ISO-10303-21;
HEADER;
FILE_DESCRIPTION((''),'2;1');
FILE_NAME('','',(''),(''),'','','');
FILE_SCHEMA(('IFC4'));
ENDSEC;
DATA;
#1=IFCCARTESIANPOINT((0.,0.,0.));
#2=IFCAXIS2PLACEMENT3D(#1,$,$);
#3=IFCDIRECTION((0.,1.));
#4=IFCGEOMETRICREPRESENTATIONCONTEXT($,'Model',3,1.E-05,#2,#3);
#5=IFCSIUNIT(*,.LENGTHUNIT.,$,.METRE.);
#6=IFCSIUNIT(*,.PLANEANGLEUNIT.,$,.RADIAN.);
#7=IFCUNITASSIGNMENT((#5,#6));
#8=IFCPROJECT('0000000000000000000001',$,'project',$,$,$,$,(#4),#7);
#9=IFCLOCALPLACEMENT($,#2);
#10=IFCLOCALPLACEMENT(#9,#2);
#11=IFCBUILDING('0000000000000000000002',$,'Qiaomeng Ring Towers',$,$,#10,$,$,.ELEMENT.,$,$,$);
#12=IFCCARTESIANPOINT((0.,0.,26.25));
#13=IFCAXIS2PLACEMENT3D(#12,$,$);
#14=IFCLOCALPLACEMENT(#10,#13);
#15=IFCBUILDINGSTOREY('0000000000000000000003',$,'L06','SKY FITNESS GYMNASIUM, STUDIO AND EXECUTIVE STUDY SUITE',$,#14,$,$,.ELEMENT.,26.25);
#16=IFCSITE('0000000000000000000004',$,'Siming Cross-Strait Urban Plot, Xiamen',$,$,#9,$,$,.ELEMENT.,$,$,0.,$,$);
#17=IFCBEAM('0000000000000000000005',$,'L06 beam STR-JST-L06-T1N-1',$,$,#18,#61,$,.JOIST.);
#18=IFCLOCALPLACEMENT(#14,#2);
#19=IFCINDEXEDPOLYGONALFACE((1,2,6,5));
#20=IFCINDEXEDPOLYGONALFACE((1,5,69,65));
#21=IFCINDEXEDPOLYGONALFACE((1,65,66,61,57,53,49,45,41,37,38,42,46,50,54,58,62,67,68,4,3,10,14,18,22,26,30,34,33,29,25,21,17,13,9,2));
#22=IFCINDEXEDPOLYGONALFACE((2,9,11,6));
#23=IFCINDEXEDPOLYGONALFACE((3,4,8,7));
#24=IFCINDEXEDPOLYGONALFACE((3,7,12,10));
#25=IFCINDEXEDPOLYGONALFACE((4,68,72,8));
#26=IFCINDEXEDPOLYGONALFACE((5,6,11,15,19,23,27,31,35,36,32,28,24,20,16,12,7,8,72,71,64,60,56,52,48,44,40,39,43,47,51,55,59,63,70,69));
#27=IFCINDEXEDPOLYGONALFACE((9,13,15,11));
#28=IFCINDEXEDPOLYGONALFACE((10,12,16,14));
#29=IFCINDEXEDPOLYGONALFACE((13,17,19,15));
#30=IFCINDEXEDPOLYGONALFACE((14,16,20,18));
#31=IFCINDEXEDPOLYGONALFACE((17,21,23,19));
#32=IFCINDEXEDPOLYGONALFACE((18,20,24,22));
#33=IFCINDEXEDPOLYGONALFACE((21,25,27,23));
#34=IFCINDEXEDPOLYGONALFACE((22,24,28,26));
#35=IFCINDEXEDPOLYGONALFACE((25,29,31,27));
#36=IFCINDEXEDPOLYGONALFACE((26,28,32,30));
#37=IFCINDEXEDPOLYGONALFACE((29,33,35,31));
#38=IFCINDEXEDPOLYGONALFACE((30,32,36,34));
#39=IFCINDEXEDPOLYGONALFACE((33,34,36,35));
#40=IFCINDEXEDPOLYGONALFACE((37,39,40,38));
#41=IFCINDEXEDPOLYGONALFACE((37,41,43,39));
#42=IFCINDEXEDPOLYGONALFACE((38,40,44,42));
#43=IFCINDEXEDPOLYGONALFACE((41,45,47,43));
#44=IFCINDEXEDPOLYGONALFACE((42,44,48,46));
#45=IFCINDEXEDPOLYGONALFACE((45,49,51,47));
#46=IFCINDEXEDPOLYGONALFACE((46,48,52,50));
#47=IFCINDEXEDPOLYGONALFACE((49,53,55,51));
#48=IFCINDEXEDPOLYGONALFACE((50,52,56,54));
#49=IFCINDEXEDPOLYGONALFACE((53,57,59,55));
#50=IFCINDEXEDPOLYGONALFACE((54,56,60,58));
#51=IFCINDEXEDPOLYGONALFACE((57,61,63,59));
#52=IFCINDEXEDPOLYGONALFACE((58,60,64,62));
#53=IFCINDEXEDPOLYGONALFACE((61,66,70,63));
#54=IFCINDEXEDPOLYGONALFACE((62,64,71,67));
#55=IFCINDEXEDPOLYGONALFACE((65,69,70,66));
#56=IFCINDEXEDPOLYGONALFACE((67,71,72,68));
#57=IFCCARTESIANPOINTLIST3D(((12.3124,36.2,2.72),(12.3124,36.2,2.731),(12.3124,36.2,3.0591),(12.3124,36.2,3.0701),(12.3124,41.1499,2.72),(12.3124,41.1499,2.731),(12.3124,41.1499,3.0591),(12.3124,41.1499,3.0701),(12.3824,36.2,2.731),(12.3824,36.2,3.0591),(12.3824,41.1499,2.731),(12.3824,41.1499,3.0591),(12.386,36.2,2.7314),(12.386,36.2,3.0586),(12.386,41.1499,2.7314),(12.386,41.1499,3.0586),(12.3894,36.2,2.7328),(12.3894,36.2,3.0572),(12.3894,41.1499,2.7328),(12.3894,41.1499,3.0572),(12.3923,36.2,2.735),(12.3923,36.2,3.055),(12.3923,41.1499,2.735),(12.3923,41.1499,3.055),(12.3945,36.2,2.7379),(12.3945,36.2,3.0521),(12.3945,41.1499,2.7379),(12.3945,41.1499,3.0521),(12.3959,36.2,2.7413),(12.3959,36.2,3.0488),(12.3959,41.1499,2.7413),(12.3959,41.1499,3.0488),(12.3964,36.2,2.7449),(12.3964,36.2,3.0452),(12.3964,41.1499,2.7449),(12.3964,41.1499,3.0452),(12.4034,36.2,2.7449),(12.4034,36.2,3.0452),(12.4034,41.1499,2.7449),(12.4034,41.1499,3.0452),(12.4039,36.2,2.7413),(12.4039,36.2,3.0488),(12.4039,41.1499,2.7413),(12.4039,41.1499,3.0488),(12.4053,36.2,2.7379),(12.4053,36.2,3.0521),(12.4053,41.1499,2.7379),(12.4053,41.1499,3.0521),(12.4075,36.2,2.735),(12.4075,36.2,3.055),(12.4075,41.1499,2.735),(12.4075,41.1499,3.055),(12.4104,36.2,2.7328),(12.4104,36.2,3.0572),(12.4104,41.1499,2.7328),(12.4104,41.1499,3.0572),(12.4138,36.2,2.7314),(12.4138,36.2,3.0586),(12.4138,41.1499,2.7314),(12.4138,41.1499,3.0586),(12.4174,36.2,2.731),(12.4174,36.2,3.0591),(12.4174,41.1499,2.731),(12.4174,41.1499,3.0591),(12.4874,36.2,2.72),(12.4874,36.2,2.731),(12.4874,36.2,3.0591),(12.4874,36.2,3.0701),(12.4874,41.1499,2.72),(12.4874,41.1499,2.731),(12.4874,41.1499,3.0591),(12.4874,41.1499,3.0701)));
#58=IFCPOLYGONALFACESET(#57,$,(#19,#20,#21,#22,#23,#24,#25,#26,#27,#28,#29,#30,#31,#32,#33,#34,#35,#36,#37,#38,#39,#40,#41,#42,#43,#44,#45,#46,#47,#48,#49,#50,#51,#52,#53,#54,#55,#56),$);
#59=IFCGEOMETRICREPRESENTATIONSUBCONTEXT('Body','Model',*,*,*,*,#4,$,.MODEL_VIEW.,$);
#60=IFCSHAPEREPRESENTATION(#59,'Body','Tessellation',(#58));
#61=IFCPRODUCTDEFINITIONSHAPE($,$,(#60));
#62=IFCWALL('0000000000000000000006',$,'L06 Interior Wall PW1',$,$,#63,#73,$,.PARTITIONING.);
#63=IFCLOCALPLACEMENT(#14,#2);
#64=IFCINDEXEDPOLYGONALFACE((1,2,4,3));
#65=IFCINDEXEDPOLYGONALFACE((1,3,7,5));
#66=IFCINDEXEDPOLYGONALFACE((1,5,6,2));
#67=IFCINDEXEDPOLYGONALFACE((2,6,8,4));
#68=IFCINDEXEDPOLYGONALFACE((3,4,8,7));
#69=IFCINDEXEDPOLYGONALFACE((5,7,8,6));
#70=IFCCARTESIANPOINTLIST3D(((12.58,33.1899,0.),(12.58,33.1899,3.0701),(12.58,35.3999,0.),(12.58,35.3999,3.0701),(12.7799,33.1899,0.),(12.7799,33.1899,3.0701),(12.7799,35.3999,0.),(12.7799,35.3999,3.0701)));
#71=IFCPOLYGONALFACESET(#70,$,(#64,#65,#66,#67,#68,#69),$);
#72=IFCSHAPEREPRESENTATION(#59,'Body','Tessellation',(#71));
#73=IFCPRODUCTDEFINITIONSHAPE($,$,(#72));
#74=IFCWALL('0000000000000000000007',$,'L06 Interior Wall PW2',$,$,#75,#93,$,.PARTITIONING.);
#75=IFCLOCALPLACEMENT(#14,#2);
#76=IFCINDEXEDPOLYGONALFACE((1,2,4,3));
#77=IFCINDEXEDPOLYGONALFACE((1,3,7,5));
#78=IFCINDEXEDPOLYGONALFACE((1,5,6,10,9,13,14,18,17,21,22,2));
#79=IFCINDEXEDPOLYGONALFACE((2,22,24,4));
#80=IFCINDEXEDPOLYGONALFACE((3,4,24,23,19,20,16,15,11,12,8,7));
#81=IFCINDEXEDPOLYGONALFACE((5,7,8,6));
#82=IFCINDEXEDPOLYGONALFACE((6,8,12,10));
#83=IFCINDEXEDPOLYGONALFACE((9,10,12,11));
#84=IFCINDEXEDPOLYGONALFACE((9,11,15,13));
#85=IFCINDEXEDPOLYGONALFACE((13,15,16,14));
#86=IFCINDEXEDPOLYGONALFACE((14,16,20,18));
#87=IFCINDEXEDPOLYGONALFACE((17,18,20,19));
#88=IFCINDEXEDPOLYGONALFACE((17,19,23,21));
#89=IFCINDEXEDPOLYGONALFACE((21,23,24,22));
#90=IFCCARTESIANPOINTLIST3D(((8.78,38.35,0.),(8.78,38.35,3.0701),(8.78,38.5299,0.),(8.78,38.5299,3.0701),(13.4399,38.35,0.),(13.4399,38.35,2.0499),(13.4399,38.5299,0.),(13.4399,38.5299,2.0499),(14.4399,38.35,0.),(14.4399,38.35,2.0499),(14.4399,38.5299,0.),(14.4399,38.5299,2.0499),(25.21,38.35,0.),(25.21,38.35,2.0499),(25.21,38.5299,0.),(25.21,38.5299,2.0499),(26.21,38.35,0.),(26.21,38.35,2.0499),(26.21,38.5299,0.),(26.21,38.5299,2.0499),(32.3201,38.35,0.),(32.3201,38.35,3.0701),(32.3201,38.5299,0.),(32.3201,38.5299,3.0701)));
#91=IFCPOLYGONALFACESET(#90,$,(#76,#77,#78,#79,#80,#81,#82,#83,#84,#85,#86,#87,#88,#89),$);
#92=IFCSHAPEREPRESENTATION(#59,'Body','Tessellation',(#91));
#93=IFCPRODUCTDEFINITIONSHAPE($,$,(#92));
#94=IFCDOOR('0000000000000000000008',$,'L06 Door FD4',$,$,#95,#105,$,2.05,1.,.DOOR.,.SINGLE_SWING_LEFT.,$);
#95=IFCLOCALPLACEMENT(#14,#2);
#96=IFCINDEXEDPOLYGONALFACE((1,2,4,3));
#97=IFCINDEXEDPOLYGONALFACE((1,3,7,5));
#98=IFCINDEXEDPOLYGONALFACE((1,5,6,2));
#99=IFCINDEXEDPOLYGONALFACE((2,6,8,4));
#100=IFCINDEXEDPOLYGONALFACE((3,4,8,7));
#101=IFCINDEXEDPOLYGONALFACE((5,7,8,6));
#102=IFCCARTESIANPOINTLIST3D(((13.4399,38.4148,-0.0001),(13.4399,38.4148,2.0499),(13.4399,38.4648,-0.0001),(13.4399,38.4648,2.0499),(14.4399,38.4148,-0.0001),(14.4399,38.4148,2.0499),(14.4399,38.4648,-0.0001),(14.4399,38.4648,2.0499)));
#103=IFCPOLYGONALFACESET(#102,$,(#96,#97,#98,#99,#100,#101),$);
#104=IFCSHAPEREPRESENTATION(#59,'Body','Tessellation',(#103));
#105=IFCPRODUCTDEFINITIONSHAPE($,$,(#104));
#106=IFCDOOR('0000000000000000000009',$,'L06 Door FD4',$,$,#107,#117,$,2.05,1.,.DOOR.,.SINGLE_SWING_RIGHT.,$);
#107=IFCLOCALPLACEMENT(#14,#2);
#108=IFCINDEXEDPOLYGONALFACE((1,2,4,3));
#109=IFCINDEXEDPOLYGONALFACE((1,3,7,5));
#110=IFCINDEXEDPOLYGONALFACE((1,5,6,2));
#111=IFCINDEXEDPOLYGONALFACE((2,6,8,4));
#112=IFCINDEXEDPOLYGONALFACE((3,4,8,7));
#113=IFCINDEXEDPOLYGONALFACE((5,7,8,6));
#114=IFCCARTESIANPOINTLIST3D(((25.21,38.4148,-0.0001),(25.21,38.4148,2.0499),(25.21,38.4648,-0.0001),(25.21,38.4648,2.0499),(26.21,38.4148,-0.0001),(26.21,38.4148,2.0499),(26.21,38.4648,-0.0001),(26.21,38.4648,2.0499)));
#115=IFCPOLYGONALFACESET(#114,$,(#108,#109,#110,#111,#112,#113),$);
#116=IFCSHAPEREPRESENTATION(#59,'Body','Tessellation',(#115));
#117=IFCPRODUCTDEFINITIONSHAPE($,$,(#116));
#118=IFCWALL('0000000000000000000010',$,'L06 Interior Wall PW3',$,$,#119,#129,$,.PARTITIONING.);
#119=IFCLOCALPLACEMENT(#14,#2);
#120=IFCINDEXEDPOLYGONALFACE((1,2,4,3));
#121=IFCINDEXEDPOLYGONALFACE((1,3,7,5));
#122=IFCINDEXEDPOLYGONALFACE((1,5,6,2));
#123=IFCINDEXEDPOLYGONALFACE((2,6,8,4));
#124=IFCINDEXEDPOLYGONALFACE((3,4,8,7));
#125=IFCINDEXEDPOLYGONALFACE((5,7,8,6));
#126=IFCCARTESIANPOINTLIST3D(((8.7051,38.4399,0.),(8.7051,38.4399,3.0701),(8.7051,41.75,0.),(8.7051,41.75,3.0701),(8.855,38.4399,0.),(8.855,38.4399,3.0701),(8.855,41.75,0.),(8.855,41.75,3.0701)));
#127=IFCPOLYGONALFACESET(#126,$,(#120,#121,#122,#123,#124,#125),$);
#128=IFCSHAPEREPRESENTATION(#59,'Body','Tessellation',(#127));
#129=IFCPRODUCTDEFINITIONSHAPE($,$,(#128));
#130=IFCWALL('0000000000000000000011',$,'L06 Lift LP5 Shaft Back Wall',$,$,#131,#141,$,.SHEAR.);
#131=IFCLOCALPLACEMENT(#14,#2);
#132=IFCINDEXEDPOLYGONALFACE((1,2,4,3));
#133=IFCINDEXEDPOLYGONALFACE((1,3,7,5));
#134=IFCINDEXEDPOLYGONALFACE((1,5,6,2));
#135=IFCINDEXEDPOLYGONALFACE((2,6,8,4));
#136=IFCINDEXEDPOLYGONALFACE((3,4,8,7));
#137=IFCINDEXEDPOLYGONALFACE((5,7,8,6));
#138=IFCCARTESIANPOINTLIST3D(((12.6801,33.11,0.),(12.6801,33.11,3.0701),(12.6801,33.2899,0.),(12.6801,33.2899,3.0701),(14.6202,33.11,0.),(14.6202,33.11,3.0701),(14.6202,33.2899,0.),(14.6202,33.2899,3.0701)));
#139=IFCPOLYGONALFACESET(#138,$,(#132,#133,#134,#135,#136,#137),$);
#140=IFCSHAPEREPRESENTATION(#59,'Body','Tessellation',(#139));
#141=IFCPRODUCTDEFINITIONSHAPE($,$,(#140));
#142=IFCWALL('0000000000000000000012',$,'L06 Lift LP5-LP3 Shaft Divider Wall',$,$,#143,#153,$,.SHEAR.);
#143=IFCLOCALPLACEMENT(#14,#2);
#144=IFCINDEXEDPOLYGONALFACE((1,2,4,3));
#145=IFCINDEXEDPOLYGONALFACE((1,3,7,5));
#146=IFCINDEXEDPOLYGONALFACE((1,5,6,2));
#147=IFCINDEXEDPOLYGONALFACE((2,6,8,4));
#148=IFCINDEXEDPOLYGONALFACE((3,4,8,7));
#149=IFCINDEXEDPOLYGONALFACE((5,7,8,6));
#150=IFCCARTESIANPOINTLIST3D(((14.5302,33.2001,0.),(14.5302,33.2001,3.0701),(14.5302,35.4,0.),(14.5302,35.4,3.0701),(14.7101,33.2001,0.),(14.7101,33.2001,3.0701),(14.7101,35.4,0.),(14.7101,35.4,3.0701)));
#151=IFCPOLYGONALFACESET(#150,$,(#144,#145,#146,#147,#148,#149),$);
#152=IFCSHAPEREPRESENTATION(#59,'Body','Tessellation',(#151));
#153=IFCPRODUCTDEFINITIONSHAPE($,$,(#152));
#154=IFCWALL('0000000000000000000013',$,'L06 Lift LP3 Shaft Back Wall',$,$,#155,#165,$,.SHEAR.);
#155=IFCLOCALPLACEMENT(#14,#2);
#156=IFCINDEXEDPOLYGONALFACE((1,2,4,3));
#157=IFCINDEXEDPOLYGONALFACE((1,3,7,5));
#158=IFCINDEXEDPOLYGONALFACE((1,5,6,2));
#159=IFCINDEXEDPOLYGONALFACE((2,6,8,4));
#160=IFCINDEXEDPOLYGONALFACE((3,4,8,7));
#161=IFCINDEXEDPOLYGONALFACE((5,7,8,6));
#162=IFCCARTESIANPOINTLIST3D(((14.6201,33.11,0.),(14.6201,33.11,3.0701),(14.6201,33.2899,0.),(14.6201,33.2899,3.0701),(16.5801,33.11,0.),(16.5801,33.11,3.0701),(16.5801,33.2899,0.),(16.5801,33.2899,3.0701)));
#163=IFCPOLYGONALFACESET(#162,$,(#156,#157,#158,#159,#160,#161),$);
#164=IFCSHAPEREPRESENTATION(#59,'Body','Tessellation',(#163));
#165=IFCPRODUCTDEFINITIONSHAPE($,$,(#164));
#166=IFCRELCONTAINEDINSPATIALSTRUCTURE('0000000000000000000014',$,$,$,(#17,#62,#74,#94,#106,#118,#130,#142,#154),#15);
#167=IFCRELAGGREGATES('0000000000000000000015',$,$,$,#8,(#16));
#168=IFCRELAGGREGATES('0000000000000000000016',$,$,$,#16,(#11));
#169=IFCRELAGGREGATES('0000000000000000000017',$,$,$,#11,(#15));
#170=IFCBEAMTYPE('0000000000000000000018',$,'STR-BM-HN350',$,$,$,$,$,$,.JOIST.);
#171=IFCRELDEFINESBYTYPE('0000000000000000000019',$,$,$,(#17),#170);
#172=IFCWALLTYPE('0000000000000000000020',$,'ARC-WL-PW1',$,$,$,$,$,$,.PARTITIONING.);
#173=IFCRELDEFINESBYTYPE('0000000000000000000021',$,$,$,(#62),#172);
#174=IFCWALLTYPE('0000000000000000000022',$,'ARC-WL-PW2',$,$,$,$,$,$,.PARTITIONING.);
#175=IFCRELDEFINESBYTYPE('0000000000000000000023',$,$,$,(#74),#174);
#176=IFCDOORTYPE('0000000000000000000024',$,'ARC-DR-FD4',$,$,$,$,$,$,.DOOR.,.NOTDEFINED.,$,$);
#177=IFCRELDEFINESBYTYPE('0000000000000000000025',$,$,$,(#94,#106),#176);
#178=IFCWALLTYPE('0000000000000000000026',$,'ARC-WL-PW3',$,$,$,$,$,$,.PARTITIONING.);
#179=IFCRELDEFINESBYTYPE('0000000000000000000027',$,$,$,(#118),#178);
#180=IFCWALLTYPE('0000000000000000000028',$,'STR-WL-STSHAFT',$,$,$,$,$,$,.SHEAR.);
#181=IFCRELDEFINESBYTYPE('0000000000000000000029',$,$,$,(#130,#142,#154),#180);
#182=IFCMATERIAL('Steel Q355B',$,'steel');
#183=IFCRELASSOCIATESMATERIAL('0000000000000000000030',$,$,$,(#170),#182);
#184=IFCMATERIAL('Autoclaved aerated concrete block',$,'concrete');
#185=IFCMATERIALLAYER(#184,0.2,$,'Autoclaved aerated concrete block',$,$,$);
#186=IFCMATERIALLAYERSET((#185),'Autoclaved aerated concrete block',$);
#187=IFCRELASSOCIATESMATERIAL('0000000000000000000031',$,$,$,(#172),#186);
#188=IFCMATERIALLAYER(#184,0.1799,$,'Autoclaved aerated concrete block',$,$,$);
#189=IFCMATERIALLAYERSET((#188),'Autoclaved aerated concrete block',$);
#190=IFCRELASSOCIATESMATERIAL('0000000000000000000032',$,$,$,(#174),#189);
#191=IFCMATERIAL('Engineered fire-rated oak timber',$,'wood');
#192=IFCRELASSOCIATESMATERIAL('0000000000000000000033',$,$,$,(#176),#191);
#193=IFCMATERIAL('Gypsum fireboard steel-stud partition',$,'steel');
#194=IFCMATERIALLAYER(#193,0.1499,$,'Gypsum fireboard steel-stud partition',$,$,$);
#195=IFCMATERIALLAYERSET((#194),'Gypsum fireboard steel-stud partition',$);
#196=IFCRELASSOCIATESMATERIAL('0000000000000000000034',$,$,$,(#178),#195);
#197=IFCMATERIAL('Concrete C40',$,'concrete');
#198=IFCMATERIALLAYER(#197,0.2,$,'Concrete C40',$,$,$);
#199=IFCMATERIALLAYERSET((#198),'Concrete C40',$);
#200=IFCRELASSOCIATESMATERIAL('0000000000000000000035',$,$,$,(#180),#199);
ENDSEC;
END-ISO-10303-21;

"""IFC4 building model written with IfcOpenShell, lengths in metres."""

from ifc_helpers import new_model, si_unit, direction, frame, frame_2d, origin, origin_2d, place, context, subcontext, project, spatial, rectangle, i_section, extrude, source, transform, mapped, material, layer, layer_set, material_profile, profile_set, type_object, element, fill, save


model = new_model("IFC4")

# Units and contexts
model_context = context("Model", 3, precision=1e-05, world=origin(), true_north=direction((0.0, 1.0)))
body_context = subcontext(model_context, "Body", "Model", "MODEL_VIEW")
ifc_project = project(units=[si_unit("LENGTHUNIT", "METRE"), si_unit("PLANEANGLEUNIT", "RADIAN")], contexts=[model_context])

# Site, building, storey
site_placement = place(None, origin())
site = spatial("IfcSite", under=ifc_project, at=site_placement, Name="Siming Cross-Strait Urban Plot, Xiamen", CompositionType="ELEMENT", RefElevation=0.0)
building_placement = place(site_placement, origin())
building = spatial("IfcBuilding", under=site, at=building_placement, Name="Qiaomeng Ring Towers", CompositionType="ELEMENT")
storey_placement = place(building_placement, frame((0.0, 0.0, 26.25)))
storey = spatial("IfcBuildingStorey", under=building, at=storey_placement, Name="L06", Description="SKY FITNESS GYMNASIUM, STUDIO AND EXECUTIVE STUDY SUITE", CompositionType="ELEMENT", Elevation=26.25)

# Beam
ifc_material_1 = material(Name="Steel Q355B", Category="steel")
ifc_material_profile = material_profile(ifc_material_1, i_section(OverallWidth=0.175, OverallDepth=0.3501, WebThickness=0.0071, FlangeThickness=0.011, FilletRadius=0.0139, at=origin_2d()), Name="HN 350x175x7x11")
ifc_profile_set = profile_set([ifc_material_profile], Name="Steel Q355B")
beam_type = type_object("IfcBeamType", Name="STR-BM-HN350", PredefinedType="JOIST", material=ifc_profile_set)
shared_shape_1 = source(origin(), body_context, "Body", "SweptSolid", [
    extrude(i_section(OverallWidth=0.175, OverallDepth=0.3501, WebThickness=0.0071, FlangeThickness=0.011, FilletRadius=0.0139, at=origin_2d()), origin(), (0.0, 0.0, 1.0), 4.95),
])
beam_placement = place(storey_placement, frame((12.3999, 36.2, 2.895), z_axis=(0.0, 1.0, 0.0), x_axis=(-1.0, 0.0, 0.0)))
element("IfcBeam", 1, at=beam_placement, inside=storey, type_object=beam_type, Name="L06 beam STR-JST-L06-T1N-1", PredefinedType="JOIST", context=body_context, shape_type="MappedRepresentation", body=[
    mapped(shared_shape_1, transform((0.0, 0.0, 0.0), x_axis=(1.0, 0.0, 0.0), y_axis=(0.0, 1.0, 0.0), z_axis=(0.0, 0.0, 1.0), scale=1.0)),
])

# Wall
ifc_material_2 = material(Name="Autoclaved aerated concrete block", Category="concrete")
ifc_layer_1 = layer(ifc_material_2, 0.2, Name="Autoclaved aerated concrete block")
ifc_layer_set_1 = layer_set([ifc_layer_1], Name="Autoclaved aerated concrete block")
wall_type_1 = type_object("IfcWallType", Name="ARC-WL-PW1", PredefinedType="PARTITIONING", material=ifc_layer_set_1)
wall_1_placement = place(storey_placement, frame((12.6799, 33.1899, 0.0), z_axis=(0.0, 0.0, 1.0), x_axis=(0.0, 1.0, 0.0)))
element("IfcWall", 2, at=wall_1_placement, inside=storey, type_object=wall_type_1, Name="L06 Interior Wall PW1", PredefinedType="PARTITIONING", context=body_context, shape_type="SweptSolid", body=[
    extrude(rectangle(XDim=2.21, YDim=0.2, at=frame_2d((1.105, 0.0))), origin(), (0.0, 0.0, 1.0), 3.0701),
])

# Wall, openings, doors
ifc_layer_2 = layer(ifc_material_2, 0.1799, Name="Autoclaved aerated concrete block")
ifc_layer_set_2 = layer_set([ifc_layer_2], Name="Autoclaved aerated concrete block")
wall_type_2 = type_object("IfcWallType", Name="ARC-WL-PW2", PredefinedType="PARTITIONING", material=ifc_layer_set_2)
wall_2_placement = place(storey_placement, frame((8.78, 38.4399, 0.0), z_axis=(0.0, 0.0, 1.0), x_axis=(1.0, 0.0, 0.0)))
wall_2 = element("IfcWall", 3, at=wall_2_placement, inside=storey, type_object=wall_type_2, Name="L06 Interior Wall PW2", PredefinedType="PARTITIONING", context=body_context, shape_type="SweptSolid", body=[
    extrude(rectangle(XDim=23.54, YDim=0.1799, at=frame_2d((11.77, 0.0))), origin(), (0.0, 0.0, 1.0), 3.0701),
])
opening_1_placement = place(wall_2_placement, frame((4.6599, 0.0, 0.0)))
opening_1 = element("IfcOpeningElement", 4, at=opening_1_placement, cuts=wall_2, PredefinedType="OPENING", context=body_context, shape_type="SweptSolid", body=[
    extrude(rectangle(XDim=1.0, YDim=2.05, at=frame_2d((0.5, 1.0249))), frame((0.0, 0.0999, 0.0), z_axis=(0.0, -1.0, 0.0), x_axis=(1.0, 0.0, 0.0)), (0.0, 0.0, 1.0), 0.2),
])
opening_2_placement = place(wall_2_placement, frame((16.4299, 0.0, 0.0)))
opening_2 = element("IfcOpeningElement", 5, at=opening_2_placement, cuts=wall_2, PredefinedType="OPENING", context=body_context, shape_type="SweptSolid", body=[
    extrude(rectangle(XDim=1.0, YDim=2.05, at=frame_2d((0.5, 1.0249))), frame((0.0, 0.0999, 0.0), z_axis=(0.0, -1.0, 0.0), x_axis=(1.0, 0.0, 0.0)), (0.0, 0.0, 1.0), 0.2),
])
ifc_material_3 = material(Name="Engineered fire-rated oak timber", Category="wood")
door_type_1 = type_object("IfcDoorType", Name="ARC-DR-FD4", OperationType="NOTDEFINED", PredefinedType="DOOR", material=ifc_material_3)
shared_shape_2 = source(origin(), body_context, "Body", "SweptSolid", [
    extrude(rectangle(XDim=1.0, YDim=2.05, at=frame_2d((0.5, 1.0249))), frame((0.0, 0.0249, 0.0), z_axis=(0.0, -1.0, 0.0), x_axis=(1.0, 0.0, 0.0)), (0.0, 0.0, 1.0), 0.05),
])
door_1_placement = place(opening_1_placement, origin())
door_1 = element("IfcDoor", 6, at=door_1_placement, inside=storey, type_object=door_type_1, Name="L06 Door FD4", OperationType="SINGLE_SWING_LEFT", OverallHeight=2.05, OverallWidth=1.0, PredefinedType="DOOR", context=body_context, shape_type="MappedRepresentation", body=[
    mapped(shared_shape_2, transform((0.0, 0.0, 0.0), x_axis=(1.0, 0.0, 0.0), y_axis=(0.0, 1.0, 0.0), z_axis=(0.0, 0.0, 1.0), scale=1.0)),
])
fill(opening_1, door_1)
door_2_placement = place(opening_2_placement, origin())
door_2 = element("IfcDoor", 7, at=door_2_placement, inside=storey, type_object=door_type_1, Name="L06 Door FD4", OperationType="SINGLE_SWING_RIGHT", OverallHeight=2.05, OverallWidth=1.0, PredefinedType="DOOR", context=body_context, shape_type="MappedRepresentation", body=[
    mapped(shared_shape_2, transform((0.0, 0.0, 0.0), x_axis=(1.0, 0.0, 0.0), y_axis=(0.0, 1.0, 0.0), z_axis=(0.0, 0.0, 1.0), scale=1.0)),
])
fill(opening_2, door_2)

# Walls
ifc_material_4 = material(Name="Gypsum fireboard steel-stud partition", Category="steel")
ifc_layer_3 = layer(ifc_material_4, 0.1499, Name="Gypsum fireboard steel-stud partition")
ifc_layer_set_3 = layer_set([ifc_layer_3], Name="Gypsum fireboard steel-stud partition")
wall_type_3 = type_object("IfcWallType", Name="ARC-WL-PW3", PredefinedType="PARTITIONING", material=ifc_layer_set_3)
wall_3_placement = place(storey_placement, frame((8.78, 38.4399, 0.0), z_axis=(0.0, 0.0, 1.0), x_axis=(0.0, 1.0, 0.0)))
element("IfcWall", 8, at=wall_3_placement, inside=storey, type_object=wall_type_3, Name="L06 Interior Wall PW3", PredefinedType="PARTITIONING", context=body_context, shape_type="SweptSolid", body=[
    extrude(rectangle(XDim=3.3101, YDim=0.1499, at=frame_2d((1.655, 0.0))), origin(), (0.0, 0.0, 1.0), 3.0701),
])
ifc_material_5 = material(Name="Concrete C40", Category="concrete")
ifc_layer_4 = layer(ifc_material_5, 0.2, Name="Concrete C40")
ifc_layer_set_4 = layer_set([ifc_layer_4], Name="Concrete C40")
wall_type_4 = type_object("IfcWallType", Name="STR-WL-STSHAFT", PredefinedType="SHEAR", material=ifc_layer_set_4)
wall_4_placement = place(storey_placement, frame((12.6799, 33.2, 0.0), z_axis=(0.0, 0.0, 1.0), x_axis=(1.0, 0.0, 0.0)))
element("IfcWall", 9, at=wall_4_placement, inside=storey, type_object=wall_type_4, Name="L06 Lift LP5 Shaft Back Wall", PredefinedType="SHEAR", context=body_context, shape_type="SweptSolid", body=[
    extrude(rectangle(XDim=1.9402, YDim=0.1799, at=frame_2d((0.9702, 0.0))), origin(), (0.0, 0.0, 1.0), 3.0701),
])
wall_5_placement = place(storey_placement, frame((14.6201, 33.2, 0.0), z_axis=(0.0, 0.0, 1.0), x_axis=(0.0, 1.0, 0.0)))
element("IfcWall", 10, at=wall_5_placement, inside=storey, type_object=wall_type_4, Name="L06 Lift LP5-LP3 Shaft Divider Wall", PredefinedType="SHEAR", context=body_context, shape_type="SweptSolid", body=[
    extrude(rectangle(XDim=2.2, YDim=0.1799, at=frame_2d((1.1001, 0.0))), origin(), (0.0, 0.0, 1.0), 3.0701),
])
wall_6_placement = place(storey_placement, frame((14.6201, 33.2, 0.0), z_axis=(0.0, 0.0, 1.0), x_axis=(1.0, 0.0, 0.0)))
element("IfcWall", 11, at=wall_6_placement, inside=storey, type_object=wall_type_4, Name="L06 Lift LP3 Shaft Back Wall", PredefinedType="SHEAR", context=body_context, shape_type="SweptSolid", body=[
    extrude(rectangle(XDim=1.96, YDim=0.1799, at=frame_2d((0.98, 0.0))), origin(), (0.0, 0.0, 1.0), 3.0701),
])

save(model, "model.ifc")
